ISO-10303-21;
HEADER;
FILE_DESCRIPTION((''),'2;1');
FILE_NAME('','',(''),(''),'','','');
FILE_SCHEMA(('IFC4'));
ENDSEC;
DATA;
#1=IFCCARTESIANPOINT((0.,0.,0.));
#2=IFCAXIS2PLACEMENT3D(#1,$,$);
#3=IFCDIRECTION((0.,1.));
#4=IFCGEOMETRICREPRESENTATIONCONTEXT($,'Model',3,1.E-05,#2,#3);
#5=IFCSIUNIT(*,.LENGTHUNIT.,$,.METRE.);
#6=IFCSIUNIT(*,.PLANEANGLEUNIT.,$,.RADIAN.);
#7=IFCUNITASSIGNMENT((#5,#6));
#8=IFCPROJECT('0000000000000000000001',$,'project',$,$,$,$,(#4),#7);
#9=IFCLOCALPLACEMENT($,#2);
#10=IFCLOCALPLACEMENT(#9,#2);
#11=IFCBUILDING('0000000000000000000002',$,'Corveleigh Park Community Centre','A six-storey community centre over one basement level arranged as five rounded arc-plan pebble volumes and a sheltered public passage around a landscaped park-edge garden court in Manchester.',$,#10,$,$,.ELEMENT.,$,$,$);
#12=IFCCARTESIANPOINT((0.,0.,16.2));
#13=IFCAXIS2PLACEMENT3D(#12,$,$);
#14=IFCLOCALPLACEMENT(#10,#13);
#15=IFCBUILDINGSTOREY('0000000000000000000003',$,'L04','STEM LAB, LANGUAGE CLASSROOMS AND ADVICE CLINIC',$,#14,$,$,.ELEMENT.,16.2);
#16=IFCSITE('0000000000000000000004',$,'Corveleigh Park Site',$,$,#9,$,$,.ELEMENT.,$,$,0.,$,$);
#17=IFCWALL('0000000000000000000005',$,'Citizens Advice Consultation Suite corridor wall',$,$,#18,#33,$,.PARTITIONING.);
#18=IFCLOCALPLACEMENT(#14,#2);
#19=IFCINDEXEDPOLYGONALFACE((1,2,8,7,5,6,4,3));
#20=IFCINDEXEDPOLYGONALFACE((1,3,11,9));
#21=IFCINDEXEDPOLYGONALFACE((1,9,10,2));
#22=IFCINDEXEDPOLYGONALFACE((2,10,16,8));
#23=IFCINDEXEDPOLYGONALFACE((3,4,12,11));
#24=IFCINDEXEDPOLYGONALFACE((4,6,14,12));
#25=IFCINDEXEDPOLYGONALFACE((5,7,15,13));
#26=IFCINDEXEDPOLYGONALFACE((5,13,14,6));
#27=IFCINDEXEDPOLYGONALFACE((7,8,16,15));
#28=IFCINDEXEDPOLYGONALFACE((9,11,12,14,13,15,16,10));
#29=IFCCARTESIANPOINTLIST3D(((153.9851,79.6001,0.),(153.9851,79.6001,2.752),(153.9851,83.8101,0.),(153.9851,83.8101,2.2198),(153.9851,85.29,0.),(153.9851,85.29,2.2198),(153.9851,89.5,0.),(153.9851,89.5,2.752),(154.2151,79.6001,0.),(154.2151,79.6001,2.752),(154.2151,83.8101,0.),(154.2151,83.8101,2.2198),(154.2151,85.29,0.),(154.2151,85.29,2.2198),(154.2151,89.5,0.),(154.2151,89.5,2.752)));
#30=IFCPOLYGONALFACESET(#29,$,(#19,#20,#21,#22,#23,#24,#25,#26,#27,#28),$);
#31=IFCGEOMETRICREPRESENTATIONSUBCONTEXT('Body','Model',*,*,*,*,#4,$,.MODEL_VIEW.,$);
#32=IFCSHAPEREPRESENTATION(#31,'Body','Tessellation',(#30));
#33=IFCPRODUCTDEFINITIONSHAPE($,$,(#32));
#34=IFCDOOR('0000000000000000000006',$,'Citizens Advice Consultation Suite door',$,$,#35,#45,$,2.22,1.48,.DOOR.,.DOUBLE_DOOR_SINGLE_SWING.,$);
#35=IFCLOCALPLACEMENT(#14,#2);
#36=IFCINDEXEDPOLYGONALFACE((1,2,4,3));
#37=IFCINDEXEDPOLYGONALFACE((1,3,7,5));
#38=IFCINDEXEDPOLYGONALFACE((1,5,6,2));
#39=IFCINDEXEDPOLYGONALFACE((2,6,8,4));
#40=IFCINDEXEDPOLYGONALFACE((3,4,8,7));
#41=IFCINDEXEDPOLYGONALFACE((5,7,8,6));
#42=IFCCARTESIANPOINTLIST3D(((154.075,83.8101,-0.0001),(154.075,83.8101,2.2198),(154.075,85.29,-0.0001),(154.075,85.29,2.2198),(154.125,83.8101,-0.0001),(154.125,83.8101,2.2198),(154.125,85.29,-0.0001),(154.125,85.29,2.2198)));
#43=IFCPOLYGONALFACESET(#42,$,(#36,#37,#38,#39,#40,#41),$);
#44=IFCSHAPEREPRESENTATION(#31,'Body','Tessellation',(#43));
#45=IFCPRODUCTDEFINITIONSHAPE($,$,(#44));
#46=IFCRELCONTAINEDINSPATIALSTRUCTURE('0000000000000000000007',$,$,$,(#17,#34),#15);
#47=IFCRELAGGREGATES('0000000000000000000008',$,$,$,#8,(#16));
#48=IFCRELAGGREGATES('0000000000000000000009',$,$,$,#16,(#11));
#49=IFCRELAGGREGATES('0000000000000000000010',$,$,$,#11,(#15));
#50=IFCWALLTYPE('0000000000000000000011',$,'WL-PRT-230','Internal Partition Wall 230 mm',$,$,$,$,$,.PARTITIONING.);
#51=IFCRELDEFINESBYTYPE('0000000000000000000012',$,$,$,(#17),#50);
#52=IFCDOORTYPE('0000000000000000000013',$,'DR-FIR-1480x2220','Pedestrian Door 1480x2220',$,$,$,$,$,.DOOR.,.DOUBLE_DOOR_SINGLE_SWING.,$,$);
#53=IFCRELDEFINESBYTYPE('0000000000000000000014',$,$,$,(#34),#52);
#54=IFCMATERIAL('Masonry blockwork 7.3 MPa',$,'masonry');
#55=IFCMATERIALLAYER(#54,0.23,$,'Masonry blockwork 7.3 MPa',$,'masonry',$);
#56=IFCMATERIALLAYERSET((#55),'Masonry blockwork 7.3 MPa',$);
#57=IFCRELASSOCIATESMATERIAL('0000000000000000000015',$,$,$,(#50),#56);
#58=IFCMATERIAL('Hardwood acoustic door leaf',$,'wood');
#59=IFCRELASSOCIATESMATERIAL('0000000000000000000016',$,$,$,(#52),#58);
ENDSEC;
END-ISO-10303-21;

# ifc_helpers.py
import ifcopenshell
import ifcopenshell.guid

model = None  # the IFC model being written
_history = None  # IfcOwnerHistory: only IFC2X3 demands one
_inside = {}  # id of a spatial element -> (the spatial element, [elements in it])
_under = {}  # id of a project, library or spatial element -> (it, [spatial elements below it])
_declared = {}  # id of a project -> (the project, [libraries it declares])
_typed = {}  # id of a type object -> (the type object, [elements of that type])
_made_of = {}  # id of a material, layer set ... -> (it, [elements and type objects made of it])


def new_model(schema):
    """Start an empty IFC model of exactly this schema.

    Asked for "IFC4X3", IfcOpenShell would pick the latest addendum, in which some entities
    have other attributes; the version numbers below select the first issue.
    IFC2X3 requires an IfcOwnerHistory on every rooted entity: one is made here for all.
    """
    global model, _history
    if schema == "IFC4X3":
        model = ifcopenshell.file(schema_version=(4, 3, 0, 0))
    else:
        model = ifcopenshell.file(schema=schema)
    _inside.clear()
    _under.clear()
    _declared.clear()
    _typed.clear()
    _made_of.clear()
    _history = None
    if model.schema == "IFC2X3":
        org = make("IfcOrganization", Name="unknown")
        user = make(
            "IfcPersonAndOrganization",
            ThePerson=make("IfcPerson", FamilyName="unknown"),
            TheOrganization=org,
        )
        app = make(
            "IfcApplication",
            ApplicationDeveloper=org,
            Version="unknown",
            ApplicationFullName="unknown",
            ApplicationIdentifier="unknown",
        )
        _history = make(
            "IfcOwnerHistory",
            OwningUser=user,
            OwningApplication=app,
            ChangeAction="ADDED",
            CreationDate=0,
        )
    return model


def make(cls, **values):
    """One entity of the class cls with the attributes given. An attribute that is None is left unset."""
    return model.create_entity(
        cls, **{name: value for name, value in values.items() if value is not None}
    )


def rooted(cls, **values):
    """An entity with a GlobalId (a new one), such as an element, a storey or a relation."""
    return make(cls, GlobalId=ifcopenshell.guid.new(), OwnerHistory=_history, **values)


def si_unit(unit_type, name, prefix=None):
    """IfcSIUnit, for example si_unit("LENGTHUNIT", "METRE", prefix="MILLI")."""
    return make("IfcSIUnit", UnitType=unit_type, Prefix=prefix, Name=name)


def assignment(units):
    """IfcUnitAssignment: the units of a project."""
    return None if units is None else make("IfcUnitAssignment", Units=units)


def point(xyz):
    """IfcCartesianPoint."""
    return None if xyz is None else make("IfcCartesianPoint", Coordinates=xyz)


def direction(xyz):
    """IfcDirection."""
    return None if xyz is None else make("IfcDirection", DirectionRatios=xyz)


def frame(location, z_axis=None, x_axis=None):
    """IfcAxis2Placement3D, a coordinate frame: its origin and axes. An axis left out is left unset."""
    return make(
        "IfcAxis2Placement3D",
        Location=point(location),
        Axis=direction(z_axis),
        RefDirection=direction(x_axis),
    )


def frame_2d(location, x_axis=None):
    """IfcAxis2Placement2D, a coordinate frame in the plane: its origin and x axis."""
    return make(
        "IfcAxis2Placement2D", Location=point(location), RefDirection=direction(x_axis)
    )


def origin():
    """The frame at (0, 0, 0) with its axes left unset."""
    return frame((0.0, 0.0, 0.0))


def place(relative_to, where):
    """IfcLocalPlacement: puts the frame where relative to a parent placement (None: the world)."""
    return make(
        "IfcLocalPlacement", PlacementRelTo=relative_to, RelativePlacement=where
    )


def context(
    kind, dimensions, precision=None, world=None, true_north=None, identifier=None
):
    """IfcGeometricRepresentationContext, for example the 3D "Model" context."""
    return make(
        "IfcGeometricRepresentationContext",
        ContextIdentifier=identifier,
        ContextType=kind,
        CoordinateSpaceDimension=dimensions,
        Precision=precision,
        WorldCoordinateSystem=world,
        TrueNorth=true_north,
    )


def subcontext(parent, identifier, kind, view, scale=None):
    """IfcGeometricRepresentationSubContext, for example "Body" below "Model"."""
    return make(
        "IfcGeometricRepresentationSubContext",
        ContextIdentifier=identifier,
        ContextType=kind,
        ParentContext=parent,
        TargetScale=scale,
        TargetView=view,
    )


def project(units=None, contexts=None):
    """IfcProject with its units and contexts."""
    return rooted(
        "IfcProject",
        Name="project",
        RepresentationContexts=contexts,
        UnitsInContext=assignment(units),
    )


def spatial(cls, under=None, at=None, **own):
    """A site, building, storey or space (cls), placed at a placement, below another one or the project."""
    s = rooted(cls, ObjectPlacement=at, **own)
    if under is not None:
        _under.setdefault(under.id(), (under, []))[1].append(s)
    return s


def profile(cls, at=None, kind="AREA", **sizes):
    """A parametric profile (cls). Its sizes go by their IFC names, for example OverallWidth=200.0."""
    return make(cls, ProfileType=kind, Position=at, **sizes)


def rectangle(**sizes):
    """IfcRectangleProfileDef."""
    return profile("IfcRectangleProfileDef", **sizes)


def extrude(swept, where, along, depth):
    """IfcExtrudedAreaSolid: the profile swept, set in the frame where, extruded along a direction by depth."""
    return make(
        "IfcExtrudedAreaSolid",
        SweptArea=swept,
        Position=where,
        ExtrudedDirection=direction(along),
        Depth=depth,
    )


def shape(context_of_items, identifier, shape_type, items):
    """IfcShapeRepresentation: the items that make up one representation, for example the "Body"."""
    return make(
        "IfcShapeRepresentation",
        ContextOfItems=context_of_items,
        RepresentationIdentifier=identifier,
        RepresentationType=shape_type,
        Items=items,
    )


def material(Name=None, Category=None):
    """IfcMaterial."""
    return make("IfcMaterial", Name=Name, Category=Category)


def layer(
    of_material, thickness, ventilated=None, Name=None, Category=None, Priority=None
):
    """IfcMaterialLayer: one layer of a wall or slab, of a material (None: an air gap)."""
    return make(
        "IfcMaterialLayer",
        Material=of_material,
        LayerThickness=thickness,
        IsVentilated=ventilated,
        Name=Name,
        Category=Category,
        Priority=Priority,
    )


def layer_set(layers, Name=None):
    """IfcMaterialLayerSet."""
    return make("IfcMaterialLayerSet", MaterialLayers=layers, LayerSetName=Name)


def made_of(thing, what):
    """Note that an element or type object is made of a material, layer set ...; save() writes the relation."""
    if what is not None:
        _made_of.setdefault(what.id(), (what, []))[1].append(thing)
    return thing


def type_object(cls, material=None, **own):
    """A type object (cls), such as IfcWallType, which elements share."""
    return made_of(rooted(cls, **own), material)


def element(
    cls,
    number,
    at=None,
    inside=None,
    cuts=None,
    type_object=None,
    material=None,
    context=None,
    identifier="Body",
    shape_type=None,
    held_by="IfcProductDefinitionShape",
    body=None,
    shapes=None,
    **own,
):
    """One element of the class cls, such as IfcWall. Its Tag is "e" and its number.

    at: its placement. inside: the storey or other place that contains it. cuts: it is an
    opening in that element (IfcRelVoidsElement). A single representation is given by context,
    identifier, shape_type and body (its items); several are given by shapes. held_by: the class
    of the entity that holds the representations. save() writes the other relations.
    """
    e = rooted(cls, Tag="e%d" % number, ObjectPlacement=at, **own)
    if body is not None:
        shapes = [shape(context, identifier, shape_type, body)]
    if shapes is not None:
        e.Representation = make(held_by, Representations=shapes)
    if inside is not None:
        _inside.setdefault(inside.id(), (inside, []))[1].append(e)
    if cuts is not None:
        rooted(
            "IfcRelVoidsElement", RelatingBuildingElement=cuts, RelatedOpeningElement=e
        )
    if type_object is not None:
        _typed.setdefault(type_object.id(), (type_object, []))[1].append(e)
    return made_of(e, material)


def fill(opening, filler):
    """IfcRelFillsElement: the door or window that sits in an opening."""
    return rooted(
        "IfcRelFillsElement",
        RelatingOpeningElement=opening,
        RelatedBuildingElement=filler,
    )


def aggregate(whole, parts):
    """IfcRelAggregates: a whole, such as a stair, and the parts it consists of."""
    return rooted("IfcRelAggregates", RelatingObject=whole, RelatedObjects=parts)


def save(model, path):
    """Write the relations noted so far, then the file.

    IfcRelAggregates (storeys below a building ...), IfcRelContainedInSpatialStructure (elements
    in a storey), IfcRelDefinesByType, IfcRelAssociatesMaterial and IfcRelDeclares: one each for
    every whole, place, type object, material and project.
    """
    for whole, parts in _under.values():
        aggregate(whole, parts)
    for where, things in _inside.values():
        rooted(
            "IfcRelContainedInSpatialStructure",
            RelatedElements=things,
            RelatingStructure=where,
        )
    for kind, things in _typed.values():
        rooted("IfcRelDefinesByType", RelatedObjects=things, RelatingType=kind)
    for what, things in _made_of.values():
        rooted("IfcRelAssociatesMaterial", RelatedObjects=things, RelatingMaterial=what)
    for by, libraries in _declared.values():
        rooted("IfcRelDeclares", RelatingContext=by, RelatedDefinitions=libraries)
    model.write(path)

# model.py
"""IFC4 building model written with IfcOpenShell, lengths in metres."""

from ifc_helpers import new_model, si_unit, direction, frame, frame_2d, origin, place, context, subcontext, project, spatial, rectangle, extrude, material, layer, layer_set, type_object, element, fill, save


model = new_model("IFC4")

# Units and contexts
model_context = context("Model", 3, precision=1e-05, world=origin(), true_north=direction((0.0, 1.0)))
body_context = subcontext(model_context, "Body", "Model", "MODEL_VIEW")
ifc_project = project(units=[si_unit("LENGTHUNIT", "METRE"), si_unit("PLANEANGLEUNIT", "RADIAN")], contexts=[model_context])

# Site, building, storey
site_placement = place(None, origin())
site = spatial("IfcSite", under=ifc_project, at=site_placement, Name="Corveleigh Park Site", CompositionType="ELEMENT", RefElevation=0.0)
building_placement = place(site_placement, origin())
building = spatial("IfcBuilding", under=site, at=building_placement, Name="Corveleigh Park Community Centre", Description="A six-storey community centre over one basement level arranged as five rounded arc-plan pebble volumes and a sheltered public passage around a landscaped park-edge garden court in Manchester.", CompositionType="ELEMENT")
storey_placement = place(building_placement, frame((0.0, 0.0, 16.2)))
storey = spatial("IfcBuildingStorey", under=building, at=storey_placement, Name="L04", Description="STEM LAB, LANGUAGE CLASSROOMS AND ADVICE CLINIC", CompositionType="ELEMENT", Elevation=16.2)

# Wall, opening, door
ifc_material_1 = material(Name="Masonry blockwork 7.3 MPa", Category="masonry")
ifc_material_2 = material(Name="Hardwood acoustic door leaf", Category="wood")
ifc_layer_1 = layer(ifc_material_1, 0.23, Name="Masonry blockwork 7.3 MPa", Category="masonry")
ifc_layer_set_1 = layer_set([ifc_layer_1], Name="Masonry blockwork 7.3 MPa")
wall_type_1 = type_object("IfcWallType", Name="WL-PRT-230", Description="Internal Partition Wall 230 mm", PredefinedType="PARTITIONING", material=ifc_layer_set_1)
wall_1_placement = place(storey_placement, frame((154.1001, 89.5, 0.0), z_axis=(0.0, 0.0, 1.0), x_axis=(0.0, -1.0, 0.0)))
wall_1 = element("IfcWall", 1, at=wall_1_placement, inside=storey, type_object=wall_type_1, Name="Citizens Advice Consultation Suite corridor wall", PredefinedType="PARTITIONING", context=body_context, shape_type="SweptSolid", body=[
    extrude(rectangle(XDim=9.8999, YDim=0.23, at=frame_2d((4.95, 0.0))), origin(), (0.0, 0.0, 1.0), 2.752),
])
opening_1_placement = place(wall_1_placement, frame((4.21, 0.0, 0.0)))
opening_1 = element("IfcOpeningElement", 2, at=opening_1_placement, cuts=wall_1, PredefinedType="OPENING", context=body_context, shape_type="SweptSolid", body=[
    extrude(rectangle(XDim=1.48, YDim=2.22, at=frame_2d((0.74, 1.1099))), frame((0.0, 0.125, 0.0), z_axis=(0.0, -1.0, 0.0), x_axis=(1.0, 0.0, 0.0)), (0.0, 0.0, 1.0), 0.25),
])
door_type_1 = type_object("IfcDoorType", Name="DR-FIR-1480x2220", Description="Pedestrian Door 1480x2220", OperationType="DOUBLE_DOOR_SINGLE_SWING", PredefinedType="DOOR", material=ifc_material_2)
door_1_placement = place(opening_1_placement, origin())
door_1 = element("IfcDoor", 3, at=door_1_placement, inside=storey, type_object=door_type_1, Name="Citizens Advice Consultation Suite door", OperationType="DOUBLE_DOOR_SINGLE_SWING", OverallHeight=2.22, OverallWidth=1.48, PredefinedType="DOOR", context=body_context, shape_type="SweptSolid", body=[
    extrude(rectangle(XDim=1.48, YDim=2.22, at=frame_2d((0.74, 1.1099))), frame((0.0, 0.0249, 0.0), z_axis=(0.0, -1.0, 0.0), x_axis=(1.0, 0.0, 0.0)), (0.0, 0.0, 1.0), 0.05),
])
fill(opening_1, door_1)

save(model, "model.ifc")
